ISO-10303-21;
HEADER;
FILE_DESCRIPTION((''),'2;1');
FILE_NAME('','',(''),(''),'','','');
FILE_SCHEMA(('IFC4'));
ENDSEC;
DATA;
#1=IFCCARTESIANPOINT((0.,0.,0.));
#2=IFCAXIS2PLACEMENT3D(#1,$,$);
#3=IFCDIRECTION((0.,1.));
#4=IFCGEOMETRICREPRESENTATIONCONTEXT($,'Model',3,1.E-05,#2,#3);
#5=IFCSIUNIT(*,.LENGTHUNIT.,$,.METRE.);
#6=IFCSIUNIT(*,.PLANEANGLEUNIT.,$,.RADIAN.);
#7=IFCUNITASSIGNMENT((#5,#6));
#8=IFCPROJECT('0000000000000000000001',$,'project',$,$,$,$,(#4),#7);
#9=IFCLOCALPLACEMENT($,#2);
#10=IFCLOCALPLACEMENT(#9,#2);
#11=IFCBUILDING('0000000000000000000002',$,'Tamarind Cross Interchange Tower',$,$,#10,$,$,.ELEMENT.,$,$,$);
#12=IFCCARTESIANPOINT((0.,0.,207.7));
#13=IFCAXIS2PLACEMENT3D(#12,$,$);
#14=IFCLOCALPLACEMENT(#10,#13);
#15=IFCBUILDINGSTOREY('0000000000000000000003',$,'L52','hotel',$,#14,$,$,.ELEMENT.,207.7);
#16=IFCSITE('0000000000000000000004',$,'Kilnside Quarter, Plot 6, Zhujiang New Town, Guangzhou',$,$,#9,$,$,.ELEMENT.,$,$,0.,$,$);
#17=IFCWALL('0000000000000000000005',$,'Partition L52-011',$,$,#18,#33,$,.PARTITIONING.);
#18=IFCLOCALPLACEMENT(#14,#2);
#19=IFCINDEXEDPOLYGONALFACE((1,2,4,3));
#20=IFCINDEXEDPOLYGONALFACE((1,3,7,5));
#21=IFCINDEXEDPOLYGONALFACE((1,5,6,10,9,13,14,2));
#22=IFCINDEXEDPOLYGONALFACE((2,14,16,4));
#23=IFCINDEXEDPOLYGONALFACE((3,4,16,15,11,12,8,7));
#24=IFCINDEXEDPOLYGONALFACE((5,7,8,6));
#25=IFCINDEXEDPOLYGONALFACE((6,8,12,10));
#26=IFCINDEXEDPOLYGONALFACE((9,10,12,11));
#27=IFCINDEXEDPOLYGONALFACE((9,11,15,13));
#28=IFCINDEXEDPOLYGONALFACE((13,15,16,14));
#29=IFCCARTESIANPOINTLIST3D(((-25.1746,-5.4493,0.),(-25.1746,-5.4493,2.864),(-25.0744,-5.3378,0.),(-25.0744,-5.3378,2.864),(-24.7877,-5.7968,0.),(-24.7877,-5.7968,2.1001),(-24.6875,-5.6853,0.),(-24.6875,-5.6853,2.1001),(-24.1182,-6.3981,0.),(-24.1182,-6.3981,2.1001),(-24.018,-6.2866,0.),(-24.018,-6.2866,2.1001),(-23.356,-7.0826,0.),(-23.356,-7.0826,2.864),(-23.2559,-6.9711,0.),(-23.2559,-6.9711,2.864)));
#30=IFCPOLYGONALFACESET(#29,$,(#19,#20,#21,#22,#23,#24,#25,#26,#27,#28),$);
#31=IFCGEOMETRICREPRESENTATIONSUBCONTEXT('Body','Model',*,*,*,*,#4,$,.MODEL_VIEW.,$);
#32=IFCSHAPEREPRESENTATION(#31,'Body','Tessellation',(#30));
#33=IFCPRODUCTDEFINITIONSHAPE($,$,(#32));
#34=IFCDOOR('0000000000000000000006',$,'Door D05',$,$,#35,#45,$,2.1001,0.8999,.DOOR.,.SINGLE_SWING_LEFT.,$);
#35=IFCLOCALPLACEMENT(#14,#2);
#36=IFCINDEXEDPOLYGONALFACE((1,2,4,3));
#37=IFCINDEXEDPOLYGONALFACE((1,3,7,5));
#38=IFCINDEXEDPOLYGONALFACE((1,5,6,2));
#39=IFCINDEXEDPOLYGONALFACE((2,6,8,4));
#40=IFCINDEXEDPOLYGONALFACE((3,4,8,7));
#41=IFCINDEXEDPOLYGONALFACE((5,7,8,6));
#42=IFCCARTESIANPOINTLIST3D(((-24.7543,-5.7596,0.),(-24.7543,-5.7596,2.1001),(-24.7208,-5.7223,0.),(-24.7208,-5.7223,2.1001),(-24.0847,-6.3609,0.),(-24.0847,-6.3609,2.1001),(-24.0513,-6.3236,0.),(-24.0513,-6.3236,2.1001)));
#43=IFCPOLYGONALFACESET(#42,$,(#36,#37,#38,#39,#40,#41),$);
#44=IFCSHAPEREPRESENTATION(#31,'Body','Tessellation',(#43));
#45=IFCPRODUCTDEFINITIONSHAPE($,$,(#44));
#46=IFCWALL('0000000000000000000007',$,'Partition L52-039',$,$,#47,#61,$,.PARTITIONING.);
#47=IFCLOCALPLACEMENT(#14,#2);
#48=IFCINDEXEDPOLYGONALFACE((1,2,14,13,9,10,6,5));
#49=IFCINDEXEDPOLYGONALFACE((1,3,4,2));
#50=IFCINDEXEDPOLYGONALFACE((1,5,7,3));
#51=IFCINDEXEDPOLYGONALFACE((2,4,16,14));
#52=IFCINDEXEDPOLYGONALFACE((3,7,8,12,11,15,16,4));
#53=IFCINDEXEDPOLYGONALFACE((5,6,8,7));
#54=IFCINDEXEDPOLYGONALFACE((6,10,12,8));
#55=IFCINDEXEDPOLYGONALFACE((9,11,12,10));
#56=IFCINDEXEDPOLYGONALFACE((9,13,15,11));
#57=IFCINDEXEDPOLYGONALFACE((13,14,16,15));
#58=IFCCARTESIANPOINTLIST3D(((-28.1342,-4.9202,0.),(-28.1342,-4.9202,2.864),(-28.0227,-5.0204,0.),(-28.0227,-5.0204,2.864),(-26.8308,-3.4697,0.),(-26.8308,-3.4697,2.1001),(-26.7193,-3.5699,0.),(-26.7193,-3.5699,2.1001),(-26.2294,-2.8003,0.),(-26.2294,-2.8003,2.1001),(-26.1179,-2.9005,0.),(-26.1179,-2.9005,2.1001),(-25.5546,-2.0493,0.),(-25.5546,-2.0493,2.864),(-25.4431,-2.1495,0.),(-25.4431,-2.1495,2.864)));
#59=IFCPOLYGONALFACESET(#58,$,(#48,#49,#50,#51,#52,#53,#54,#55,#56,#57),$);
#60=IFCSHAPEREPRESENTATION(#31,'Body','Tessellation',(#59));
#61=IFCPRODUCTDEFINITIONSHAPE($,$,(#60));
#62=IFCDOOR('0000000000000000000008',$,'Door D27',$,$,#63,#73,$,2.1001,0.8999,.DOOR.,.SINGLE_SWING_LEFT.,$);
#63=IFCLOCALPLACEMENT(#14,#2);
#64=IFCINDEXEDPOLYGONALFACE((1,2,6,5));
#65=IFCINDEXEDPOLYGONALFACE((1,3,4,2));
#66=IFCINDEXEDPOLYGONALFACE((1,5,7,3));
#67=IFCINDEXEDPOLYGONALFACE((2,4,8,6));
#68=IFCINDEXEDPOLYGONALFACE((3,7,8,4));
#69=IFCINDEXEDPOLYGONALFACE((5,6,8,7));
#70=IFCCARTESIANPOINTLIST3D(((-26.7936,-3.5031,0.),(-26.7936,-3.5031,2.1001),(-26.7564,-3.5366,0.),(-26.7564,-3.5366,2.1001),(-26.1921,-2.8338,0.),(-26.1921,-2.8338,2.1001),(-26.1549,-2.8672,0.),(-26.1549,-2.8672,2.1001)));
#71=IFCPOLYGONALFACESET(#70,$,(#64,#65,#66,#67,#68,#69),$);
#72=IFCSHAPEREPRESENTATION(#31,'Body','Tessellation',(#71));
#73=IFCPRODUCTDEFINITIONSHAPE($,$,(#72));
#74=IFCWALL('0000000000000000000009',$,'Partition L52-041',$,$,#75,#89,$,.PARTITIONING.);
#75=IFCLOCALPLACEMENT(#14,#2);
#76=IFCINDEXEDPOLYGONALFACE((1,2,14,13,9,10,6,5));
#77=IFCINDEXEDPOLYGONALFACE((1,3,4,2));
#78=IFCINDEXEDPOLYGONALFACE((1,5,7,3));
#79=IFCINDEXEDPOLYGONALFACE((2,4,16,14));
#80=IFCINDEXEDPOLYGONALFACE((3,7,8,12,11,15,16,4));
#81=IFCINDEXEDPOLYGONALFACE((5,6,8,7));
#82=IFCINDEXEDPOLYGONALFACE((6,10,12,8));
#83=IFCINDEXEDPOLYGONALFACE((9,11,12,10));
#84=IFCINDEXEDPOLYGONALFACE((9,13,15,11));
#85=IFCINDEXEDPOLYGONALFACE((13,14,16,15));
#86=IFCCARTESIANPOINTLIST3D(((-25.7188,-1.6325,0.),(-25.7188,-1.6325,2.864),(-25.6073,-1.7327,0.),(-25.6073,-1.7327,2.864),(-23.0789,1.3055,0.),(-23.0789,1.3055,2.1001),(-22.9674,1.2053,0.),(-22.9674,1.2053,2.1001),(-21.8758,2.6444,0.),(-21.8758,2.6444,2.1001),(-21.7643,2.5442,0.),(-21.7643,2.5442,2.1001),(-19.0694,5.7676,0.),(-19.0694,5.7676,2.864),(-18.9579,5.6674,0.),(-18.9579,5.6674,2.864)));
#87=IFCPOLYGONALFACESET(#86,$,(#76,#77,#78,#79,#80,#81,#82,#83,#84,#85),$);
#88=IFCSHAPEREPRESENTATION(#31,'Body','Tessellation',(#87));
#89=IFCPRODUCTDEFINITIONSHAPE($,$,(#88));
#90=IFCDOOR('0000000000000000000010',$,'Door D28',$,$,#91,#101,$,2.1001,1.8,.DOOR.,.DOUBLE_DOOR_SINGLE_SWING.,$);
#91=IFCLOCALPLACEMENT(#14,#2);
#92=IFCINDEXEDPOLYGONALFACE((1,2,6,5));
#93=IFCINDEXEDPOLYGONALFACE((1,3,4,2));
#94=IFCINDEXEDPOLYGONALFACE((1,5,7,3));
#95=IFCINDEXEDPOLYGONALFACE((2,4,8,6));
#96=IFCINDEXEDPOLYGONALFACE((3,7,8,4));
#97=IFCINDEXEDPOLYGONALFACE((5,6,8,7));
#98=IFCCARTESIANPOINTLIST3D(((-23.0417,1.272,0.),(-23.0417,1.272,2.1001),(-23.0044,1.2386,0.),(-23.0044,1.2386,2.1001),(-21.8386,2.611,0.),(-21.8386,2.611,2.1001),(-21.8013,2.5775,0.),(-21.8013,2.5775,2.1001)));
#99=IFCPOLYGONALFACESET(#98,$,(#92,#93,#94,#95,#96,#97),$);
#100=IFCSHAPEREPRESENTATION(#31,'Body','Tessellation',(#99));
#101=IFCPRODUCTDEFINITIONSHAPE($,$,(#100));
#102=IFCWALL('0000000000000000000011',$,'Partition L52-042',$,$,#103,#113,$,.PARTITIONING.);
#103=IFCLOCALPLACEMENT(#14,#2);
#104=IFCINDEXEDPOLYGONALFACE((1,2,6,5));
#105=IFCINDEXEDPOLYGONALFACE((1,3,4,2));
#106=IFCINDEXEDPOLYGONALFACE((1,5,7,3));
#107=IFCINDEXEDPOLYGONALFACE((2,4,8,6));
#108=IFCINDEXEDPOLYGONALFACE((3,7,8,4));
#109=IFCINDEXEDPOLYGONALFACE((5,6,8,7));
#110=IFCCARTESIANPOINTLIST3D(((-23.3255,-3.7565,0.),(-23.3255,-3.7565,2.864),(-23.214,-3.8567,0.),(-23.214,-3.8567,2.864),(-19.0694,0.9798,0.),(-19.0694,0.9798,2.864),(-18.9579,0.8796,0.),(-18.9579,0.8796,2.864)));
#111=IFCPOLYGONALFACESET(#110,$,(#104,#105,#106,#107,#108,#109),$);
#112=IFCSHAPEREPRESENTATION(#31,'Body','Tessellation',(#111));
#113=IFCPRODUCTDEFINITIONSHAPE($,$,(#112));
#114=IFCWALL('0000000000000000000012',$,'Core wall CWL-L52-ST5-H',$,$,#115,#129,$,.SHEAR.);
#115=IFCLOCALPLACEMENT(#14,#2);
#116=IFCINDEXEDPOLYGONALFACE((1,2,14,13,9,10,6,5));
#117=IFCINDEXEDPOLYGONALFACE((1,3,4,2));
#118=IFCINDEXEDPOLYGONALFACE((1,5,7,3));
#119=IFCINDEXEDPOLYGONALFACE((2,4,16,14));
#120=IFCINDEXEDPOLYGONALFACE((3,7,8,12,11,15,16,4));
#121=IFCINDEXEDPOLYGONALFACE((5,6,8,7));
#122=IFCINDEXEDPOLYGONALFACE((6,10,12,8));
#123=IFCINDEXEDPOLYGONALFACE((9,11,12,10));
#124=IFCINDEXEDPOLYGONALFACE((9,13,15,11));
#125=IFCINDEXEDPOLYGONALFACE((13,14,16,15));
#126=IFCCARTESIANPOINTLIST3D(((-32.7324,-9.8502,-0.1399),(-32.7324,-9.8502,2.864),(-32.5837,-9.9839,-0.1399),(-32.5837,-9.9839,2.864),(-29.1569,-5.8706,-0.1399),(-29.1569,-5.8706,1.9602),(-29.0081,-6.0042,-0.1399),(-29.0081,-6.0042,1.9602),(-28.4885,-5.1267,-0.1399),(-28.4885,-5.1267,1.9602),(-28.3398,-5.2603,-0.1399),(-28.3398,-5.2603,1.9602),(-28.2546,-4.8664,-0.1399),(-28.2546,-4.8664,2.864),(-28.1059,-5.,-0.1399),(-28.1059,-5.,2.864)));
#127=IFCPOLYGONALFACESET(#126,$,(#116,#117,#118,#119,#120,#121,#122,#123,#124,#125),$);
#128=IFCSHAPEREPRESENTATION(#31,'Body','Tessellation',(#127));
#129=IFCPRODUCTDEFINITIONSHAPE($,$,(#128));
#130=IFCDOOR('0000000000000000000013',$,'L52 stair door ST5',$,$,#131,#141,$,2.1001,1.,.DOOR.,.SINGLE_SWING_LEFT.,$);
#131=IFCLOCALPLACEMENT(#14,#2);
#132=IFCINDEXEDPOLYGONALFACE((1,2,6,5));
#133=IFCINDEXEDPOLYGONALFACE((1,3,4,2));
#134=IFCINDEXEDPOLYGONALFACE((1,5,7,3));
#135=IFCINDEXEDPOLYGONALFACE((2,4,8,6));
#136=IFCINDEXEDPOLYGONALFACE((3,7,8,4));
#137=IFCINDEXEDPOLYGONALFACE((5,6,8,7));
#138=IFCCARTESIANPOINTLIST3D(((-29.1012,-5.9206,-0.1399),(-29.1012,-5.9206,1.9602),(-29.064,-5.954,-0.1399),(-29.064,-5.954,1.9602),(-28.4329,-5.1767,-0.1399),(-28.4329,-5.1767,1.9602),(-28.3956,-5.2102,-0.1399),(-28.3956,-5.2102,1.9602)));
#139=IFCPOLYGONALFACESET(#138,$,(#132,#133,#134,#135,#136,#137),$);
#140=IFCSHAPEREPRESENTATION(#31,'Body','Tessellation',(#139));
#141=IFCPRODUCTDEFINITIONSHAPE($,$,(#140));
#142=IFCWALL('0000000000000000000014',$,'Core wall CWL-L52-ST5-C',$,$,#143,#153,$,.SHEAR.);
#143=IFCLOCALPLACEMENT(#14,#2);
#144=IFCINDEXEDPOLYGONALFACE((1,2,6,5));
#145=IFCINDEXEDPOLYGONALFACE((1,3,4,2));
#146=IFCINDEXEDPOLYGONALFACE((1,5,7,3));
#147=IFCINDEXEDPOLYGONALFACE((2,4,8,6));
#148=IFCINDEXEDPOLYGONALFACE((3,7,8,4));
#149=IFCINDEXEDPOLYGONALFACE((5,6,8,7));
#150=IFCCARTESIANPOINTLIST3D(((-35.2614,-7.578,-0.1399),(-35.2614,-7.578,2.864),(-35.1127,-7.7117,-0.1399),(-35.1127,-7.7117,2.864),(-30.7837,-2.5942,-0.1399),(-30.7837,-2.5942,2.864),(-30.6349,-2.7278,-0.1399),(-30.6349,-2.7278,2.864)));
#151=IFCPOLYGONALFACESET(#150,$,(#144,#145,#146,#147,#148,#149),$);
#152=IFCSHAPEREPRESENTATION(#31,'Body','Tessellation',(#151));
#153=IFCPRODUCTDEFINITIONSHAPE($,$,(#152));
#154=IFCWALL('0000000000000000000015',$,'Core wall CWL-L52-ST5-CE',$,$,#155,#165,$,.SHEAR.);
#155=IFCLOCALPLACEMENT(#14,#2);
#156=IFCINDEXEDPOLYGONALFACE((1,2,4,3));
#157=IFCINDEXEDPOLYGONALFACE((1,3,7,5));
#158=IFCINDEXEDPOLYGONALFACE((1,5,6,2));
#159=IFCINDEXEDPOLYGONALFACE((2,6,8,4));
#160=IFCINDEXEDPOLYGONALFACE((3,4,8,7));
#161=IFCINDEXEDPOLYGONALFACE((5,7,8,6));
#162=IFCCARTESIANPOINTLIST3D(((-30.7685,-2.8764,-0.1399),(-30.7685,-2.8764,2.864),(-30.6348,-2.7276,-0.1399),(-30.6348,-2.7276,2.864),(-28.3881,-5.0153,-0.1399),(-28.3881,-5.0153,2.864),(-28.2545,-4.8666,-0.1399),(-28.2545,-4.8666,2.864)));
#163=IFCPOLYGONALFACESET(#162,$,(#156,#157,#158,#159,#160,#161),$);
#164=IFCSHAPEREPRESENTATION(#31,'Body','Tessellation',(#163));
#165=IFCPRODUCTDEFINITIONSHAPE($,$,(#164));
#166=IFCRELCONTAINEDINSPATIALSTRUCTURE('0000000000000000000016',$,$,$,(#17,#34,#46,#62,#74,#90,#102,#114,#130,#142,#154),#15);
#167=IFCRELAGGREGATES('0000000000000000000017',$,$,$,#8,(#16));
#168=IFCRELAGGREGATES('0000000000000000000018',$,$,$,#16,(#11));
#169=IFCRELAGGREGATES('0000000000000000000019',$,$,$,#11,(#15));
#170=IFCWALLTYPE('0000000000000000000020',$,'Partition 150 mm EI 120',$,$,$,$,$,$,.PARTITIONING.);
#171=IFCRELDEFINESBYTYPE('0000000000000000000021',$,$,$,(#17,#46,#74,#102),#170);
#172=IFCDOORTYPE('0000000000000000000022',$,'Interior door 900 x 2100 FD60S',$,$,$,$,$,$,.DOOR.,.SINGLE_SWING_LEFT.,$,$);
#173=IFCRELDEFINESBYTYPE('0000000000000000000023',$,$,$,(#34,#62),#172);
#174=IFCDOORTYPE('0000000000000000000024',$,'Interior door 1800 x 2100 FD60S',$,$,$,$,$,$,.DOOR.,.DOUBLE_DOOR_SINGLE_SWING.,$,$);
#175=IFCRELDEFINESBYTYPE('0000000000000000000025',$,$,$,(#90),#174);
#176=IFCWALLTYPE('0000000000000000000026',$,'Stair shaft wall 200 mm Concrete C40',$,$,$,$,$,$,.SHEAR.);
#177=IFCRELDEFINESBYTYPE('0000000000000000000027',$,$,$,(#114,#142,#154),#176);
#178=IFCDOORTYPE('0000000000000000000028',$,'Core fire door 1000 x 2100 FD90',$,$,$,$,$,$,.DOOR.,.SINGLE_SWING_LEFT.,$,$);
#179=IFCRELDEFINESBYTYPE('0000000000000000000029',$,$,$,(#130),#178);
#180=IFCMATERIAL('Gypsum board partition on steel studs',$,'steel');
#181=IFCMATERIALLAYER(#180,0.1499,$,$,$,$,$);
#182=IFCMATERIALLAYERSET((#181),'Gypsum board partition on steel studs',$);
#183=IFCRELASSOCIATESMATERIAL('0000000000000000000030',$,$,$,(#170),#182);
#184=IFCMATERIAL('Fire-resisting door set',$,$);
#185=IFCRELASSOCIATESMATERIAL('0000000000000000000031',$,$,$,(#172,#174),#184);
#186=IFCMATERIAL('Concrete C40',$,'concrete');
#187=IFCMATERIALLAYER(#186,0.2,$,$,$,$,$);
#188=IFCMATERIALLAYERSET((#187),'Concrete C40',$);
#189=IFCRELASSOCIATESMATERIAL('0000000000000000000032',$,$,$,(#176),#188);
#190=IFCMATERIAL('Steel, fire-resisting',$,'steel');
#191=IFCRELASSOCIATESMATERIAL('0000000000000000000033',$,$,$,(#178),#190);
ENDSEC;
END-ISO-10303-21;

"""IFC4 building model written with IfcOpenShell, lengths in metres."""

from ifc_helpers import new_model, si_unit, direction, frame, frame_2d, origin, place, context, subcontext, project, spatial, rectangle, extrude, material, layer, layer_set, type_object, element, fill, save


model = new_model("IFC4")

# Units and contexts
model_context = context("Model", 3, precision=1e-05, world=origin(), true_north=direction((0.0, 1.0)))
body_context = subcontext(model_context, "Body", "Model", "MODEL_VIEW")
ifc_project = project(units=[si_unit("LENGTHUNIT", "METRE"), si_unit("PLANEANGLEUNIT", "RADIAN")], contexts=[model_context])

# Site, building, storey
site_placement = place(None, origin())
site = spatial("IfcSite", under=ifc_project, at=site_placement, Name="Kilnside Quarter, Plot 6, Zhujiang New Town, Guangzhou", CompositionType="ELEMENT", RefElevation=0.0)
building_placement = place(site_placement, origin())
building = spatial("IfcBuilding", under=site, at=building_placement, Name="Tamarind Cross Interchange Tower", CompositionType="ELEMENT")
storey_placement = place(building_placement, frame((0.0, 0.0, 207.7)))
storey = spatial("IfcBuildingStorey", under=building, at=storey_placement, Name="L52", Description="hotel", CompositionType="ELEMENT", Elevation=207.7)

# Shared definitions
ifc_material_1 = material(Name="Gypsum board partition on steel studs", Category="steel")
ifc_layer_1 = layer(ifc_material_1, 0.1499)
ifc_layer_set_1 = layer_set([ifc_layer_1], Name="Gypsum board partition on steel studs")
wall_type_1 = type_object("IfcWallType", Name="Partition 150 mm EI 120", PredefinedType="PARTITIONING", material=ifc_layer_set_1)

# Walls, openings, doors
wall_1_placement = place(storey_placement, frame((-25.1245, -5.3936, 0.0), z_axis=(0.0, 0.0, 1.0), x_axis=(0.743994, -0.668186, 0.0)))
wall_1 = element("IfcWall", 1, at=wall_1_placement, inside=storey, type_object=wall_type_1, Name="Partition L52-011", PredefinedType="PARTITIONING", context=body_context, shape_type="SweptSolid", body=[
    extrude(rectangle(XDim=2.4443, YDim=0.1499, at=frame_2d((1.2222, 0.0))), origin(), (0.0, 0.0, 1.0), 2.864),
])
opening_1_placement = place(wall_1_placement, frame((0.52, 0.0, 0.0)))
opening_1 = element("IfcOpeningElement", 2, at=opening_1_placement, cuts=wall_1, PredefinedType="OPENING", context=body_context, shape_type="SweptSolid", body=[
    extrude(rectangle(XDim=0.8999, YDim=2.1001, at=frame_2d((0.45, 1.05))), frame((0.0, 0.085, 0.0), z_axis=(0.0, -1.0, 0.0), x_axis=(1.0, 0.0, 0.0)), (0.0, 0.0, 1.0), 0.1699),
])
ifc_material_2 = material(Name="Fire-resisting door set")
door_type_1 = type_object("IfcDoorType", Name="Interior door 900 x 2100 FD60S", OperationType="SINGLE_SWING_LEFT", PredefinedType="DOOR", material=ifc_material_2)
door_1_placement = place(opening_1_placement, frame((0.8999, 0.0, 0.0), z_axis=(0.0, 0.0, 1.0), x_axis=(-1.0, 0.0, 0.0)))
door_1 = element("IfcDoor", 3, at=door_1_placement, inside=storey, type_object=door_type_1, Name="Door D05", OperationType="SINGLE_SWING_LEFT", OverallHeight=2.1001, OverallWidth=0.8999, PredefinedType="DOOR", context=body_context, shape_type="SweptSolid", body=[
    extrude(rectangle(XDim=0.8999, YDim=2.1001, at=frame_2d((0.45, 1.05))), frame((0.0, 0.0249, 0.0), z_axis=(0.0, -1.0, 0.0), x_axis=(1.0, 0.0, 0.0)), (0.0, 0.0, 1.0), 0.05),
])
fill(opening_1, door_1)
wall_2_placement = place(storey_placement, frame((-28.0784, -4.9702, 0.0), z_axis=(0.0, 0.0, 1.0), x_axis=(0.668367, 0.743832, 0.0)))
wall_2 = element("IfcWall", 4, at=wall_2_placement, inside=storey, type_object=wall_type_1, Name="Partition L52-039", PredefinedType="PARTITIONING", context=body_context, shape_type="SweptSolid", body=[
    extrude(rectangle(XDim=3.8596, YDim=0.1499, at=frame_2d((1.9297, 0.0))), origin(), (0.0, 0.0, 1.0), 2.864),
])
opening_2_placement = place(wall_2_placement, frame((1.95, 0.0, 0.0)))
opening_2 = element("IfcOpeningElement", 5, at=opening_2_placement, cuts=wall_2, PredefinedType="OPENING", context=body_context, shape_type="SweptSolid", body=[
    extrude(rectangle(XDim=0.8999, YDim=2.1001, at=frame_2d((0.45, 1.05))), frame((0.0, 0.085, 0.0), z_axis=(0.0, -1.0, 0.0), x_axis=(1.0, 0.0, 0.0)), (0.0, 0.0, 1.0), 0.1699),
])
door_2_placement = place(opening_2_placement, origin())
door_2 = element("IfcDoor", 6, at=door_2_placement, inside=storey, type_object=door_type_1, Name="Door D27", OperationType="SINGLE_SWING_LEFT", OverallHeight=2.1001, OverallWidth=0.8999, PredefinedType="DOOR", context=body_context, shape_type="SweptSolid", body=[
    extrude(rectangle(XDim=0.8999, YDim=2.1001, at=frame_2d((0.45, 1.05))), frame((0.0, 0.0249, 0.0), z_axis=(0.0, -1.0, 0.0), x_axis=(1.0, 0.0, 0.0)), (0.0, 0.0, 1.0), 0.05),
])
fill(opening_2, door_2)
wall_3_placement = place(storey_placement, frame((-25.6631, -1.6826, 0.0), z_axis=(0.0, 0.0, 1.0), x_axis=(0.668369, 0.74383, 0.0)))
wall_3 = element("IfcWall", 7, at=wall_3_placement, inside=storey, type_object=wall_type_1, Name="Partition L52-041", PredefinedType="PARTITIONING", context=body_context, shape_type="SweptSolid", body=[
    extrude(rectangle(XDim=9.9487, YDim=0.1499, at=frame_2d((4.9744, 0.0))), origin(), (0.0, 0.0, 1.0), 2.864),
])
opening_3_placement = place(wall_3_placement, frame((3.95, 0.0, 0.0)))
opening_3 = element("IfcOpeningElement", 8, at=opening_3_placement, cuts=wall_3, PredefinedType="OPENING", context=body_context, shape_type="SweptSolid", body=[
    extrude(rectangle(XDim=1.8, YDim=2.1001, at=frame_2d((0.8999, 1.05))), frame((0.0, 0.085, 0.0), z_axis=(0.0, -1.0, 0.0), x_axis=(1.0, 0.0, 0.0)), (0.0, 0.0, 1.0), 0.1699),
])
door_type_2 = type_object("IfcDoorType", Name="Interior door 1800 x 2100 FD60S", OperationType="DOUBLE_DOOR_SINGLE_SWING", PredefinedType="DOOR", material=ifc_material_2)
door_3_placement = place(opening_3_placement, origin())
door_3 = element("IfcDoor", 9, at=door_3_placement, inside=storey, type_object=door_type_2, Name="Door D28", OperationType="DOUBLE_DOOR_SINGLE_SWING", OverallHeight=2.1001, OverallWidth=1.8, PredefinedType="DOOR", context=body_context, shape_type="SweptSolid", body=[
    extrude(rectangle(XDim=1.8, YDim=2.1001, at=frame_2d((0.8999, 1.05))), frame((0.0, 0.0249, 0.0), z_axis=(0.0, -1.0, 0.0), x_axis=(1.0, 0.0, 0.0)), (0.0, 0.0, 1.0), 0.05),
])
fill(opening_3, door_3)

# Wall
wall_4_placement = place(storey_placement, frame((-23.2698, -3.8066, 0.0), z_axis=(0.0, 0.0, 1.0), x_axis=(0.668393, 0.743809, 0.0)))
element("IfcWall", 10, at=wall_4_placement, inside=storey, type_object=wall_type_1, Name="Partition L52-042", PredefinedType="PARTITIONING", context=body_context, shape_type="SweptSolid", body=[
    extrude(rectangle(XDim=6.3677, YDim=0.1499, at=frame_2d((3.1838, 0.0))), origin(), (0.0, 0.0, 1.0), 2.864),
])

# Wall, opening, door
ifc_material_3 = material(Name="Concrete C40", Category="concrete")
ifc_layer_2 = layer(ifc_material_3, 0.2)
ifc_layer_set_2 = layer_set([ifc_layer_2], Name="Concrete C40")
wall_type_2 = type_object("IfcWallType", Name="Stair shaft wall 200 mm Concrete C40", PredefinedType="SHEAR", material=ifc_layer_set_2)
wall_5_placement = place(storey_placement, frame((-28.1802, -4.9331, -0.1399), z_axis=(0.0, 0.0, 1.0), x_axis=(-0.668328, -0.743866, 0.0)))
wall_5 = element("IfcWall", 11, at=wall_5_placement, inside=storey, type_object=wall_type_2, Name="Core wall CWL-L52-ST5-H", PredefinedType="SHEAR", context=body_context, shape_type="SweptSolid", body=[
    extrude(rectangle(XDim=6.7, YDim=0.2, at=frame_2d((3.3501, 0.0))), origin(), (0.0, 0.0, 1.0), 3.0039),
])
opening_4_placement = place(wall_5_placement, frame((0.3501, 0.0, 0.0)))
opening_4 = element("IfcOpeningElement", 12, at=opening_4_placement, cuts=wall_5, PredefinedType="OPENING", context=body_context, shape_type="SweptSolid", body=[
    extrude(rectangle(XDim=1.0, YDim=2.1001, at=frame_2d((0.5, 1.05))), frame((0.0, 0.1099, 0.0), z_axis=(0.0, -1.0, 0.0), x_axis=(1.0, 0.0, 0.0)), (0.0, 0.0, 1.0), 0.22),
])
ifc_material_4 = material(Name="Steel, fire-resisting", Category="steel")
door_type_3 = type_object("IfcDoorType", Name="Core fire door 1000 x 2100 FD90", OperationType="SINGLE_SWING_LEFT", PredefinedType="DOOR", material=ifc_material_4)
door_4_placement = place(opening_4_placement, origin())
door_4 = element("IfcDoor", 13, at=door_4_placement, inside=storey, type_object=door_type_3, Name="L52 stair door ST5", OperationType="SINGLE_SWING_LEFT", OverallHeight=2.1001, OverallWidth=1.0, PredefinedType="DOOR", context=body_context, shape_type="SweptSolid", body=[
    extrude(rectangle(XDim=1.0, YDim=2.1001, at=frame_2d((0.5, 1.05))), frame((0.0, 0.0249, 0.0), z_axis=(0.0, -1.0, 0.0), x_axis=(1.0, 0.0, 0.0)), (0.0, 0.0, 1.0), 0.05),
])
fill(opening_4, door_4)

# Walls
wall_6_placement = place(storey_placement, frame((-30.7092, -2.6609, -0.1399), z_axis=(0.0, 0.0, 1.0), x_axis=(-0.668328, -0.743866, 0.0)))
element("IfcWall", 14, at=wall_6_placement, inside=storey, type_object=wall_type_2, Name="Core wall CWL-L52-ST5-C", PredefinedType="SHEAR", context=body_context, shape_type="SweptSolid", body=[
    extrude(rectangle(XDim=6.7, YDim=0.2, at=frame_2d((3.3501, 0.0))), origin(), (0.0, 0.0, 1.0), 3.0039),
])
wall_7_placement = place(storey_placement, frame((-30.7017, -2.802, -0.1399), z_axis=(0.0, 0.0, 1.0), x_axis=(0.743825, -0.668374, 0.0)))
element("IfcWall", 15, at=wall_7_placement, inside=storey, type_object=wall_type_2, Name="Core wall CWL-L52-ST5-CE", PredefinedType="SHEAR", context=body_context, shape_type="SweptSolid", body=[
    extrude(rectangle(XDim=3.2002, YDim=0.2, at=frame_2d((1.6001, 0.0))), origin(), (0.0, 0.0, 1.0), 3.0039),
])

save(model, "model.ifc")
